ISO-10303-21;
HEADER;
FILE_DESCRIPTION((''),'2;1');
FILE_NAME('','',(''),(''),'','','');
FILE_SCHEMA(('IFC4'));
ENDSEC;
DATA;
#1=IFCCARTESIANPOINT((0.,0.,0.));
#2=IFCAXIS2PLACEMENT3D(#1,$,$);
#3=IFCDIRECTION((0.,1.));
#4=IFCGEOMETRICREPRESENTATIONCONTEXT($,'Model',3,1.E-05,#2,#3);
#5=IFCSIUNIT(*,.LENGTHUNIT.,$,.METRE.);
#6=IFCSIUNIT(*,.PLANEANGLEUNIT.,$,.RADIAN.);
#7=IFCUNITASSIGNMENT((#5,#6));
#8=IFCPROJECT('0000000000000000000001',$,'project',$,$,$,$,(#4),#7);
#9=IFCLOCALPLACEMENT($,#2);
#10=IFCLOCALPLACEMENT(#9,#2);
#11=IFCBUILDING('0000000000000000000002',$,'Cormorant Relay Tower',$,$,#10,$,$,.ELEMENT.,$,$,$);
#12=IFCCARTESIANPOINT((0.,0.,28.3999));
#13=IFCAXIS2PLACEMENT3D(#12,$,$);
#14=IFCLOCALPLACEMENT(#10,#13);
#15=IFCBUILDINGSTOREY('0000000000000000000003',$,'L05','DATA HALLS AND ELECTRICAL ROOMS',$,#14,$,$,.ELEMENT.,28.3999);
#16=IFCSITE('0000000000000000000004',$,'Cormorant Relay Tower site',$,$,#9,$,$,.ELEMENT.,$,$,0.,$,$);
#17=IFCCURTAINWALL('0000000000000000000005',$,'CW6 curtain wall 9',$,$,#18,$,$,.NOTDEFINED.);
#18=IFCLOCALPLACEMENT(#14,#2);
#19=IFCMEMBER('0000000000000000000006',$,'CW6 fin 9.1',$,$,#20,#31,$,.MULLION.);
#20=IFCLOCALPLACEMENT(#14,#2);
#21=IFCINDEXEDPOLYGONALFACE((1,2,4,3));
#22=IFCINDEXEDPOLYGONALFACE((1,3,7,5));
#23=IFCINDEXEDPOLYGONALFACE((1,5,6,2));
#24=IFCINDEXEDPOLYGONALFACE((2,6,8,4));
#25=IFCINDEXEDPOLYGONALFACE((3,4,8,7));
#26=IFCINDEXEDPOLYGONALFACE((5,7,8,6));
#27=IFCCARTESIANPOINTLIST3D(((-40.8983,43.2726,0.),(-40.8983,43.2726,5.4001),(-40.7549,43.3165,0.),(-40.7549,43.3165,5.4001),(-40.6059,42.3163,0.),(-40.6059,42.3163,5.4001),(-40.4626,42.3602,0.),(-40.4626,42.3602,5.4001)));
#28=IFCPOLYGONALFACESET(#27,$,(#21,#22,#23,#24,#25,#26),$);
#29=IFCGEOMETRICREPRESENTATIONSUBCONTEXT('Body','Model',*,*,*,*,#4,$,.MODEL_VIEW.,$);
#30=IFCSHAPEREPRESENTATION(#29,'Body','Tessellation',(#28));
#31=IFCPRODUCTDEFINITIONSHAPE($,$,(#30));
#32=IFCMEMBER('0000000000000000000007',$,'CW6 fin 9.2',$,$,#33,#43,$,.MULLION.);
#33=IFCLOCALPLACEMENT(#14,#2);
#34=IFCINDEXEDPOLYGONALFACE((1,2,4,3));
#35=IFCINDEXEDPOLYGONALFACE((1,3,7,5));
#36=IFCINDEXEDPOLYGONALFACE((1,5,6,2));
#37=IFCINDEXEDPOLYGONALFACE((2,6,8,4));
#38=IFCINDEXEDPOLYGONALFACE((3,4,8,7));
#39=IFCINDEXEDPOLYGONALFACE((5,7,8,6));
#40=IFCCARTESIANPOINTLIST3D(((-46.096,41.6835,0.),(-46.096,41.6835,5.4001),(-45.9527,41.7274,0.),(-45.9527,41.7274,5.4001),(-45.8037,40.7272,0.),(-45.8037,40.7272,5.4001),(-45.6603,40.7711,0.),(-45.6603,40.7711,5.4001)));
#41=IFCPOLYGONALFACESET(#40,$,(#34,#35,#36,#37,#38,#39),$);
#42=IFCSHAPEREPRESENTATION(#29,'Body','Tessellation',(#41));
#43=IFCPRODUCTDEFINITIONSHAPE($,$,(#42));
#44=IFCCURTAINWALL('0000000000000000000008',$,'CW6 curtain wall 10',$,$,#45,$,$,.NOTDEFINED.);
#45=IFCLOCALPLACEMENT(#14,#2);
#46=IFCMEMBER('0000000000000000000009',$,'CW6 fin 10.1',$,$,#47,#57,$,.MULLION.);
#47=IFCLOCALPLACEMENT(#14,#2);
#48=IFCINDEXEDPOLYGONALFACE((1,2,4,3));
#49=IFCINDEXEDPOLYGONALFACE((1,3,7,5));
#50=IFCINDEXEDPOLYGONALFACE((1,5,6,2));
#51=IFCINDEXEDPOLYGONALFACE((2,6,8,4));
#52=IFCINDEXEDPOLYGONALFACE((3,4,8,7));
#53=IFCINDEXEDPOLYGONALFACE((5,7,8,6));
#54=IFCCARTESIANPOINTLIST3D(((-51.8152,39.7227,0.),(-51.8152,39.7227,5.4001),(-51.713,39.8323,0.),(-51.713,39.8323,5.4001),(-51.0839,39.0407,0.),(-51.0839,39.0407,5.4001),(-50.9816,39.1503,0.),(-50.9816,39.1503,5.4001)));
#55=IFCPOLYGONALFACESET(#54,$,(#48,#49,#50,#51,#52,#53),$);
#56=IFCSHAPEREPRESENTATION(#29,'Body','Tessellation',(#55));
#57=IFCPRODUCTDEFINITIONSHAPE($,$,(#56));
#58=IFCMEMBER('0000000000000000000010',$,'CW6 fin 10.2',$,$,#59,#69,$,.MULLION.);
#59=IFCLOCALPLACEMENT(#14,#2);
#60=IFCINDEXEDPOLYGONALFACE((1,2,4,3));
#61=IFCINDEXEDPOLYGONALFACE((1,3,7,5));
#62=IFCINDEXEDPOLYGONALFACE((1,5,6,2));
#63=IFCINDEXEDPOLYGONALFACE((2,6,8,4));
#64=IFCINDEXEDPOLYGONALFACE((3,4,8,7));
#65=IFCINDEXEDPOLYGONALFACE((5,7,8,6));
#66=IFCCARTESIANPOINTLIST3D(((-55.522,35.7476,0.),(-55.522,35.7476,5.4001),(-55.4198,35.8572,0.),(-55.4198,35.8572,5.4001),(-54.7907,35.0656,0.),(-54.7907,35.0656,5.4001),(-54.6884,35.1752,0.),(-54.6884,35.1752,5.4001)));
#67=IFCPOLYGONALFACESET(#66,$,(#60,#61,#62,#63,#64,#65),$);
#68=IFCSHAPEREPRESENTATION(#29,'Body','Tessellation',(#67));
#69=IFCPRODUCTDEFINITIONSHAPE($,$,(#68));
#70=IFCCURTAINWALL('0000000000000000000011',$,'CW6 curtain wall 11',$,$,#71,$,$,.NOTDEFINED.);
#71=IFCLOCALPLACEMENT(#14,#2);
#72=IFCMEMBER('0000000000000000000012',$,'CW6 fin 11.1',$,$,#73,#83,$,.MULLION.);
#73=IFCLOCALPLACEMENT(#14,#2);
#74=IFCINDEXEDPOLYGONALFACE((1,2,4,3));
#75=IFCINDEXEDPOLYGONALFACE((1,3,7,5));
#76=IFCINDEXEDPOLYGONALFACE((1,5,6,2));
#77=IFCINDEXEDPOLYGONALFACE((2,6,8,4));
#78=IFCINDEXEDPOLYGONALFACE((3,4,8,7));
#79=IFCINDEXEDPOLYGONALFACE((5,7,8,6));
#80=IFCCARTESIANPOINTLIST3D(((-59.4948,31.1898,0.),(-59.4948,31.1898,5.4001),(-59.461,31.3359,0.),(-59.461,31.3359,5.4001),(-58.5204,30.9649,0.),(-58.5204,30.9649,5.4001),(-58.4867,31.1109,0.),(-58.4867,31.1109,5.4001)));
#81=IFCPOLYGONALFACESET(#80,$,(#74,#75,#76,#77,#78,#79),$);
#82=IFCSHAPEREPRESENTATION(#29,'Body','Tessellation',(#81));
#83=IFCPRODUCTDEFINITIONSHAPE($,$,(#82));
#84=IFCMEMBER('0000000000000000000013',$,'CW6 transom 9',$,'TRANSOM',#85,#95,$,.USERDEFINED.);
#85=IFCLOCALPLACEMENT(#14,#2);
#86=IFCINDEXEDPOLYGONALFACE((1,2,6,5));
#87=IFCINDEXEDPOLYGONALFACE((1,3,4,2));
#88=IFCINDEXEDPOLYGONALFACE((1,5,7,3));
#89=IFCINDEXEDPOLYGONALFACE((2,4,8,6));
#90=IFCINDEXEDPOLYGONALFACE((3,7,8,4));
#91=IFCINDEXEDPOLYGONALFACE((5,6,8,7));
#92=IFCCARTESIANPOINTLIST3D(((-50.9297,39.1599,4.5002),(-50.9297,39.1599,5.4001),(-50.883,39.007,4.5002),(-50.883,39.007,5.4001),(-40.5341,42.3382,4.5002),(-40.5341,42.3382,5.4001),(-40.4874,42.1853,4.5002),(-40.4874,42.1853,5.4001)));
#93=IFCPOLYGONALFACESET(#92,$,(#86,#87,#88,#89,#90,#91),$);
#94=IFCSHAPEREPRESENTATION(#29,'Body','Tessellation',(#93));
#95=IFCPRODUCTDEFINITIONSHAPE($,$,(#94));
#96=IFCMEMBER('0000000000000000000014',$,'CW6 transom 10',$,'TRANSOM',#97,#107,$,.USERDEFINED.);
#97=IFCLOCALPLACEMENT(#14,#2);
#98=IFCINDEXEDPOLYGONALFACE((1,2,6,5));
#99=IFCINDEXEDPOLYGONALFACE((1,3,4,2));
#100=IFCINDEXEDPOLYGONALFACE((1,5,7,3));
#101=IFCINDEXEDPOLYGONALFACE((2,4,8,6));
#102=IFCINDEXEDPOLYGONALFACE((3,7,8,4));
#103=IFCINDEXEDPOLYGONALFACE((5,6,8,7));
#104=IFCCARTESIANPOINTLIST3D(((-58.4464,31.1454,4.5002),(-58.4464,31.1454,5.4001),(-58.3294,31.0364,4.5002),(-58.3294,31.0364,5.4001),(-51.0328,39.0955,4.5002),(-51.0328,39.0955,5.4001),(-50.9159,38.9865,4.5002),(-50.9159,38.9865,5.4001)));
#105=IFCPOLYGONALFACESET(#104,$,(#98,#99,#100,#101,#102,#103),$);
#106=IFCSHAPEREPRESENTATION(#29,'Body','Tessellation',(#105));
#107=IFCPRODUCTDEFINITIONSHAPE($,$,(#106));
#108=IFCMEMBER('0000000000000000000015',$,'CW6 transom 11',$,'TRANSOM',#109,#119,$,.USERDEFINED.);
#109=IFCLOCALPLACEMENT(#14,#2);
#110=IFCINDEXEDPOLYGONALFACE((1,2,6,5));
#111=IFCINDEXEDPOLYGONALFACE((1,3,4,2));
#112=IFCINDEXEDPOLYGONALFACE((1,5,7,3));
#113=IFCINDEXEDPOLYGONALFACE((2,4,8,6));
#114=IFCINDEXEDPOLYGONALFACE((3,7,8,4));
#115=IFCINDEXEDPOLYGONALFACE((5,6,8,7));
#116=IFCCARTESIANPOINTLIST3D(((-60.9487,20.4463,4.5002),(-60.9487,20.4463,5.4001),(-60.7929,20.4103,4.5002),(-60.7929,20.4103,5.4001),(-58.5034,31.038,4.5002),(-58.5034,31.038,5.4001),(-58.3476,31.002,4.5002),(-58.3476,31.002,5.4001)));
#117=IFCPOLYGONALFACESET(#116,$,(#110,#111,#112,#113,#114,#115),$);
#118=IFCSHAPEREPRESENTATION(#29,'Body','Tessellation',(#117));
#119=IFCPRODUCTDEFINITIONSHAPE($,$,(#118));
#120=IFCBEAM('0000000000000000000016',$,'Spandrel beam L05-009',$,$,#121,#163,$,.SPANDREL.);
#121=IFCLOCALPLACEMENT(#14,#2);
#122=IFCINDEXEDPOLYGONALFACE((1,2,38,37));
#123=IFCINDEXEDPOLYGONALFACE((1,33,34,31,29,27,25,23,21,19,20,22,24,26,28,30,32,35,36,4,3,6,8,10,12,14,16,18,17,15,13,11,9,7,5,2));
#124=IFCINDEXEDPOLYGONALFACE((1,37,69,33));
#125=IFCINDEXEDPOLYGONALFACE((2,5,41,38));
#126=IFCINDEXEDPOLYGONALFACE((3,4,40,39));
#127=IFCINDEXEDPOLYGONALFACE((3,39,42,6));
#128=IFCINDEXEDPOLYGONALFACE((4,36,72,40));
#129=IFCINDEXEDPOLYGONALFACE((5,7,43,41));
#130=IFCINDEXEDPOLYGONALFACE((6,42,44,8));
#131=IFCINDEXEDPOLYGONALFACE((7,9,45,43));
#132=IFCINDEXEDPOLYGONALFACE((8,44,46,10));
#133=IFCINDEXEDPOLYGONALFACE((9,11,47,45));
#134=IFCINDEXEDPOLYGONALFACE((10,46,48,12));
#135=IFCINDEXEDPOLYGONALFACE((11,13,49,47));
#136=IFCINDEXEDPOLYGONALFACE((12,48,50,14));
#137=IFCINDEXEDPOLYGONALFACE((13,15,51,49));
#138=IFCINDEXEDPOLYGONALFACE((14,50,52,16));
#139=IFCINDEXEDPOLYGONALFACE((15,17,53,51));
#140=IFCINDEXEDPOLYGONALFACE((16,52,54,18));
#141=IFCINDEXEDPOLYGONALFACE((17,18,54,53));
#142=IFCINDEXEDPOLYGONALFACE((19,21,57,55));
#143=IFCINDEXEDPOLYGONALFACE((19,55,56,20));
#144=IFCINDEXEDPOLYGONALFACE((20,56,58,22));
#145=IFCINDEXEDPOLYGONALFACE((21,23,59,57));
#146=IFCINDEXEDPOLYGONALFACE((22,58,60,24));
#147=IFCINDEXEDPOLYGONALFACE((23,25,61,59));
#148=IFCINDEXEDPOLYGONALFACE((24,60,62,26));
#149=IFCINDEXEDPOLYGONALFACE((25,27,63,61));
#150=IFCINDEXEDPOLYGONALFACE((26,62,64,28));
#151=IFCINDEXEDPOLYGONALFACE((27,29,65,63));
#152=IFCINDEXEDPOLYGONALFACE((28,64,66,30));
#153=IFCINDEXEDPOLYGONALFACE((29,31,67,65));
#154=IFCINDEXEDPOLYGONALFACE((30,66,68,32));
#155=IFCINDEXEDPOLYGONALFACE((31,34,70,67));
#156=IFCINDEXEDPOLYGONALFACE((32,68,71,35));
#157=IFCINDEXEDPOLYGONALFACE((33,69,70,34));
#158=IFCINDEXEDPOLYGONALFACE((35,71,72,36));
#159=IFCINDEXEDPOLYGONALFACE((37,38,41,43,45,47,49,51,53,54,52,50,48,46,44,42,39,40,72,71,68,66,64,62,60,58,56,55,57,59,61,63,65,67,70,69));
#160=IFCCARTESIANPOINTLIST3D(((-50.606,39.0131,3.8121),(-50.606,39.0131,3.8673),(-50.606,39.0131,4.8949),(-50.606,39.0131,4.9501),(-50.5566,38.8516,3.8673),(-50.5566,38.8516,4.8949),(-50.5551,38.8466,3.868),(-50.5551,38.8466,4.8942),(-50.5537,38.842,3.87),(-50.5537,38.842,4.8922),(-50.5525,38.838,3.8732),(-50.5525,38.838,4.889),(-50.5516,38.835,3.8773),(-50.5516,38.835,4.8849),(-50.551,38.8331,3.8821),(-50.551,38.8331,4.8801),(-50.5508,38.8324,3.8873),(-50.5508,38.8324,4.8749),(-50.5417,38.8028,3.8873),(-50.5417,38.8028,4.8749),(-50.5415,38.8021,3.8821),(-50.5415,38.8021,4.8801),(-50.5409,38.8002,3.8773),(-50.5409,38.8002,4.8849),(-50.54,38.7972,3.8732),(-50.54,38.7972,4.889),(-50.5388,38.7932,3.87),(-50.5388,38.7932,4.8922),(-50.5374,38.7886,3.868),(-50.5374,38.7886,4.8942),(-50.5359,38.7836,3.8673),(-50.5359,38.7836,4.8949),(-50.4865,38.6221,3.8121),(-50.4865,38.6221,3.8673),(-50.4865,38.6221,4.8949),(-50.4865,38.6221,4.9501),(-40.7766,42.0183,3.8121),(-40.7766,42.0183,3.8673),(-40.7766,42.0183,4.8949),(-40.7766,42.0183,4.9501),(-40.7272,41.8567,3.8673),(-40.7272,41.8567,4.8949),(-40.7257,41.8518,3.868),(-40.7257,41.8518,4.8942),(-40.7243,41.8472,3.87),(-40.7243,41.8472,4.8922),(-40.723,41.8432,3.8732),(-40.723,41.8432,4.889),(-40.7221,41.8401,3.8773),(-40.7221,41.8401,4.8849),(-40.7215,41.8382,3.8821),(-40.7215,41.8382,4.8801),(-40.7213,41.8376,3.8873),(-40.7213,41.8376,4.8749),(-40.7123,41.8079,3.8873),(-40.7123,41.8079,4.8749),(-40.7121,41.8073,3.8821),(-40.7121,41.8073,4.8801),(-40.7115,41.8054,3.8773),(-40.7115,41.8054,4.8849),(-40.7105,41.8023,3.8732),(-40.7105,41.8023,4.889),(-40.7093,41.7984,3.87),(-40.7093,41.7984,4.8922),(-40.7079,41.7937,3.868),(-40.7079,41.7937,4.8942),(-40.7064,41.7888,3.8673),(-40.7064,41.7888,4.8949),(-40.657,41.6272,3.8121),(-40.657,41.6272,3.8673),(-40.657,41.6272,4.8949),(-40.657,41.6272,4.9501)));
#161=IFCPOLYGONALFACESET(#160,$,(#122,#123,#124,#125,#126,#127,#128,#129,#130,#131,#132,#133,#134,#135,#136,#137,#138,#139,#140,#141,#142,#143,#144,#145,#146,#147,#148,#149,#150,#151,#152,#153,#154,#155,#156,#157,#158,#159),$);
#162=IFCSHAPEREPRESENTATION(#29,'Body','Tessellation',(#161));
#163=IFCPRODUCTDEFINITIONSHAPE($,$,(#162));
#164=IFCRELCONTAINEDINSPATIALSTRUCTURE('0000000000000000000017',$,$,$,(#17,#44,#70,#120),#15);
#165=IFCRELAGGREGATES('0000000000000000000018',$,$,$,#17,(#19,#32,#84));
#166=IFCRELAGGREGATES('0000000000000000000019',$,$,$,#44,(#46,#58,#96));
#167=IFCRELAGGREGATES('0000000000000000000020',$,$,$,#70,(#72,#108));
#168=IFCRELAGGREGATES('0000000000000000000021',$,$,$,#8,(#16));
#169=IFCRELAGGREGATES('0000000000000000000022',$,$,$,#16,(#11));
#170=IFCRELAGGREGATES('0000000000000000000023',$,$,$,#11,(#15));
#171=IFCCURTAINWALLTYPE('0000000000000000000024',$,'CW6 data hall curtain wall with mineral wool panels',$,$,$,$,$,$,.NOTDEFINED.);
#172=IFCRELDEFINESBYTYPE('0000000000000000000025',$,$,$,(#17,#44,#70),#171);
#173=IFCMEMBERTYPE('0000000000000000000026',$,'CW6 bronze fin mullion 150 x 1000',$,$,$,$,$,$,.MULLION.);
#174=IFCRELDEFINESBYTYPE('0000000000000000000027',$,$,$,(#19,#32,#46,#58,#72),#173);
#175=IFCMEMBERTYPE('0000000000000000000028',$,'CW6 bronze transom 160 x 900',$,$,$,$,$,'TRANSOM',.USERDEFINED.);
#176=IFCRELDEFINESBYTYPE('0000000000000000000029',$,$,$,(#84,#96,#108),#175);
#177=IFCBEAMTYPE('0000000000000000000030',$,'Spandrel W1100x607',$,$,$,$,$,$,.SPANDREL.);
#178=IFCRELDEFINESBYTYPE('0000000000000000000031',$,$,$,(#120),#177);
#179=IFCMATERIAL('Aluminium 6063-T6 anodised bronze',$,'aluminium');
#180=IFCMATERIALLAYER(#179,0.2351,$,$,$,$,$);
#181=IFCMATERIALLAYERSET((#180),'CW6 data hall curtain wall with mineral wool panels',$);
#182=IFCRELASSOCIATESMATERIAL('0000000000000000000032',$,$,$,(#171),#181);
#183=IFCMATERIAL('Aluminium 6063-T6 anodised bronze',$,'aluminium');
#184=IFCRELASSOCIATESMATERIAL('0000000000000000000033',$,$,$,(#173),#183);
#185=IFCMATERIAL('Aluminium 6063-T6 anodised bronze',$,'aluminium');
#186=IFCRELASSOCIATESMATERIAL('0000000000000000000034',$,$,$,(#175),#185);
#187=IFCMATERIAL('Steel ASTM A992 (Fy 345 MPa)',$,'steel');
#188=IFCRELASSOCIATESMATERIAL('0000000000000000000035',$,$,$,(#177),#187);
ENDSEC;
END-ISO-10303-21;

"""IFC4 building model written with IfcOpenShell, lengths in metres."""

from ifc_helpers import new_model, si_unit, direction, frame, origin, origin_2d, place, context, subcontext, project, spatial, rectangle, i_section, extrude, material, layer, layer_set, material_profile, profile_set, type_object, element, aggregate, save


model = new_model("IFC4")

# Units and contexts
model_context = context("Model", 3, precision=1e-05, world=origin(), true_north=direction((0.0, 1.0)))
body_context = subcontext(model_context, "Body", "Model", "MODEL_VIEW")
ifc_project = project(units=[si_unit("LENGTHUNIT", "METRE"), si_unit("PLANEANGLEUNIT", "RADIAN")], contexts=[model_context])

# Site, building, storey
site_placement = place(None, origin())
site = spatial("IfcSite", under=ifc_project, at=site_placement, Name="Cormorant Relay Tower site", CompositionType="ELEMENT", RefElevation=0.0)
building_placement = place(site_placement, origin())
building = spatial("IfcBuilding", under=site, at=building_placement, Name="Cormorant Relay Tower", CompositionType="ELEMENT")
storey_placement = place(building_placement, frame((0.0, 0.0, 28.3999)))
storey = spatial("IfcBuildingStorey", under=building, at=storey_placement, Name="L05", Description="DATA HALLS AND ELECTRICAL ROOMS", CompositionType="ELEMENT", Elevation=28.3999)

# Shared definitions
ifc_material_1 = material(Name="Aluminium 6063-T6 anodised bronze", Category="aluminium")
ifc_layer_1 = layer(ifc_material_1, 0.2351)
ifc_layer_set_1 = layer_set([ifc_layer_1], Name="CW6 data hall curtain wall with mineral wool panels")
curtain_wall_type = type_object("IfcCurtainWallType", Name="CW6 data hall curtain wall with mineral wool panels", PredefinedType="NOTDEFINED", material=ifc_layer_set_1)
ifc_material_2 = material(Name="Aluminium 6063-T6 anodised bronze", Category="aluminium")
ifc_material_profile_1 = material_profile(ifc_material_2, rectangle(XDim=0.1499, YDim=1.0, at=origin_2d()), Name="AL 150x1000")
ifc_profile_set_1 = profile_set([ifc_material_profile_1], Name="Aluminium 6063-T6 anodised bronze")
member_type_1 = type_object("IfcMemberType", Name="CW6 bronze fin mullion 150 x 1000", PredefinedType="MULLION", material=ifc_profile_set_1)

# Curtain walls, members
curtain_wall_1_placement = place(storey_placement, origin())
curtain_wall_1 = element("IfcCurtainWall", 1, at=curtain_wall_1_placement, inside=storey, type_object=curtain_wall_type, Name="CW6 curtain wall 9", PredefinedType="NOTDEFINED")
member_1_placement = place(storey_placement, frame((-40.6804, 42.8164, 0.0), z_axis=(0.0, 0.0, 1.0), x_axis=(-0.956305, -0.292372, 0.0)))
member_1 = element("IfcMember", 2, at=member_1_placement, type_object=member_type_1, Name="CW6 fin 9.1", PredefinedType="MULLION", context=body_context, shape_type="SweptSolid", body=[
    extrude(rectangle(XDim=0.1499, YDim=1.0, at=origin_2d()), origin(), (0.0, 0.0, 1.0), 5.4001),
])
member_2_placement = place(storey_placement, frame((-45.8782, 41.2273, 0.0), z_axis=(0.0, 0.0, 1.0), x_axis=(-0.956305, -0.292372, 0.0)))
member_2 = element("IfcMember", 3, at=member_2_placement, type_object=member_type_1, Name="CW6 fin 9.2", PredefinedType="MULLION", context=body_context, shape_type="SweptSolid", body=[
    extrude(rectangle(XDim=0.1499, YDim=1.0, at=origin_2d()), origin(), (0.0, 0.0, 1.0), 5.4001),
])
curtain_wall_2_placement = place(storey_placement, origin())
curtain_wall_2 = element("IfcCurtainWall", 4, at=curtain_wall_2_placement, inside=storey, type_object=curtain_wall_type, Name="CW6 curtain wall 10", PredefinedType="NOTDEFINED")
member_3_placement = place(storey_placement, frame((-51.3984, 39.4365, 0.0), z_axis=(0.0, 0.0, 1.0), x_axis=(-0.681998, -0.731354, 0.0)))
member_3 = element("IfcMember", 5, at=member_3_placement, type_object=member_type_1, Name="CW6 fin 10.1", PredefinedType="MULLION", context=body_context, shape_type="SweptSolid", body=[
    extrude(rectangle(XDim=0.1499, YDim=1.0, at=origin_2d()), origin(), (0.0, 0.0, 1.0), 5.4001),
])
member_4_placement = place(storey_placement, frame((-55.1052, 35.4614, 0.0), z_axis=(0.0, 0.0, 1.0), x_axis=(-0.681998, -0.731354, 0.0)))
member_4 = element("IfcMember", 6, at=member_4_placement, type_object=member_type_1, Name="CW6 fin 10.2", PredefinedType="MULLION", context=body_context, shape_type="SweptSolid", body=[
    extrude(rectangle(XDim=0.1499, YDim=1.0, at=origin_2d()), origin(), (0.0, 0.0, 1.0), 5.4001),
])

# Curtain wall, member
curtain_wall_3_placement = place(storey_placement, origin())
curtain_wall_3 = element("IfcCurtainWall", 7, at=curtain_wall_3_placement, inside=storey, type_object=curtain_wall_type, Name="CW6 curtain wall 11", PredefinedType="NOTDEFINED")
member_5_placement = place(storey_placement, frame((-58.9907, 31.1504, 0.0), z_axis=(0.0, 0.0, 1.0), x_axis=(-0.224951, -0.97437, 0.0)))
member_5 = element("IfcMember", 8, at=member_5_placement, type_object=member_type_1, Name="CW6 fin 11.1", PredefinedType="MULLION", context=body_context, shape_type="SweptSolid", body=[
    extrude(rectangle(XDim=0.1499, YDim=1.0, at=origin_2d()), origin(), (0.0, 0.0, 1.0), 5.4001),
])

# Members
ifc_material_3 = material(Name="Aluminium 6063-T6 anodised bronze", Category="aluminium")
ifc_material_profile_2 = material_profile(ifc_material_3, rectangle(XDim=0.1599, YDim=0.8999, at=origin_2d()), Name="AL 160x900")
ifc_profile_set_2 = profile_set([ifc_material_profile_2], Name="Aluminium 6063-T6 anodised bronze")
member_type_2 = type_object("IfcMemberType", Name="CW6 bronze transom 160 x 900", ElementType="TRANSOM", PredefinedType="USERDEFINED", material=ifc_profile_set_2)
member_6_placement = place(storey_placement, frame((-40.5107, 42.2617, 4.9502), z_axis=(-0.956305, -0.292371, 0.0), x_axis=(0.292371, -0.956305, 0.0)))
member_6 = element("IfcMember", 9, at=member_6_placement, type_object=member_type_2, Name="CW6 transom 9", ObjectType="TRANSOM", PredefinedType="USERDEFINED", context=body_context, shape_type="SweptSolid", body=[
    extrude(rectangle(XDim=0.1599, YDim=0.8999, at=origin_2d()), origin(), (0.0, 0.0, 1.0), 10.8706),
])
member_7_placement = place(storey_placement, frame((-50.9744, 39.041, 4.9502), z_axis=(-0.681993, -0.731358, 0.0), x_axis=(0.731358, -0.681993, 0.0)))
member_7 = element("IfcMember", 10, at=member_7_placement, type_object=member_type_2, Name="CW6 transom 10", ObjectType="TRANSOM", PredefinedType="USERDEFINED", context=body_context, shape_type="SweptSolid", body=[
    extrude(rectangle(XDim=0.1599, YDim=0.8999, at=origin_2d()), origin(), (0.0, 0.0, 1.0), 10.8704),
])
member_8_placement = place(storey_placement, frame((-58.4255, 31.02, 4.9502), z_axis=(-0.224951, -0.97437, 0.0), x_axis=(0.97437, -0.224951, 0.0)))
member_8 = element("IfcMember", 11, at=member_8_placement, type_object=member_type_2, Name="CW6 transom 11", ObjectType="TRANSOM", PredefinedType="USERDEFINED", context=body_context, shape_type="SweptSolid", body=[
    extrude(rectangle(XDim=0.1599, YDim=0.8999, at=origin_2d()), origin(), (0.0, 0.0, 1.0), 10.8704),
])

# Beam
ifc_material_4 = material(Name="Steel ASTM A992 (Fy 345 MPa)", Category="steel")
ifc_material_profile_3 = material_profile(ifc_material_4, i_section(OverallWidth=0.4089, OverallDepth=1.1379, WebThickness=0.031, FlangeThickness=0.0552, FilletRadius=0.02, at=origin_2d()), Name="W1100x607")
ifc_profile_set_3 = profile_set([ifc_material_profile_3], Name="Steel ASTM A992 (Fy 345 MPa)")
beam_type = type_object("IfcBeamType", Name="Spandrel W1100x607", PredefinedType="SPANDREL", material=ifc_profile_set_3)
beam_1_placement = place(storey_placement, frame((-40.7168, 41.8228, 4.3811), z_axis=(-0.956305, -0.292371, 0.0), x_axis=(0.292371, -0.956305, 0.0)))
element("IfcBeam", 12, at=beam_1_placement, inside=storey, type_object=beam_type, Name="Spandrel beam L05-009", PredefinedType="SPANDREL", context=body_context, shape_type="SweptSolid", body=[
    extrude(i_section(OverallWidth=0.4089, OverallDepth=1.1379, WebThickness=0.031, FlangeThickness=0.0552, FilletRadius=0.02, at=origin_2d()), origin(), (0.0, 0.0, 1.0), 10.2786),
])

aggregate(curtain_wall_1, [member_1, member_2, member_6])
aggregate(curtain_wall_2, [member_3, member_4, member_7])
aggregate(curtain_wall_3, [member_5, member_8])

save(model, "model.ifc")
